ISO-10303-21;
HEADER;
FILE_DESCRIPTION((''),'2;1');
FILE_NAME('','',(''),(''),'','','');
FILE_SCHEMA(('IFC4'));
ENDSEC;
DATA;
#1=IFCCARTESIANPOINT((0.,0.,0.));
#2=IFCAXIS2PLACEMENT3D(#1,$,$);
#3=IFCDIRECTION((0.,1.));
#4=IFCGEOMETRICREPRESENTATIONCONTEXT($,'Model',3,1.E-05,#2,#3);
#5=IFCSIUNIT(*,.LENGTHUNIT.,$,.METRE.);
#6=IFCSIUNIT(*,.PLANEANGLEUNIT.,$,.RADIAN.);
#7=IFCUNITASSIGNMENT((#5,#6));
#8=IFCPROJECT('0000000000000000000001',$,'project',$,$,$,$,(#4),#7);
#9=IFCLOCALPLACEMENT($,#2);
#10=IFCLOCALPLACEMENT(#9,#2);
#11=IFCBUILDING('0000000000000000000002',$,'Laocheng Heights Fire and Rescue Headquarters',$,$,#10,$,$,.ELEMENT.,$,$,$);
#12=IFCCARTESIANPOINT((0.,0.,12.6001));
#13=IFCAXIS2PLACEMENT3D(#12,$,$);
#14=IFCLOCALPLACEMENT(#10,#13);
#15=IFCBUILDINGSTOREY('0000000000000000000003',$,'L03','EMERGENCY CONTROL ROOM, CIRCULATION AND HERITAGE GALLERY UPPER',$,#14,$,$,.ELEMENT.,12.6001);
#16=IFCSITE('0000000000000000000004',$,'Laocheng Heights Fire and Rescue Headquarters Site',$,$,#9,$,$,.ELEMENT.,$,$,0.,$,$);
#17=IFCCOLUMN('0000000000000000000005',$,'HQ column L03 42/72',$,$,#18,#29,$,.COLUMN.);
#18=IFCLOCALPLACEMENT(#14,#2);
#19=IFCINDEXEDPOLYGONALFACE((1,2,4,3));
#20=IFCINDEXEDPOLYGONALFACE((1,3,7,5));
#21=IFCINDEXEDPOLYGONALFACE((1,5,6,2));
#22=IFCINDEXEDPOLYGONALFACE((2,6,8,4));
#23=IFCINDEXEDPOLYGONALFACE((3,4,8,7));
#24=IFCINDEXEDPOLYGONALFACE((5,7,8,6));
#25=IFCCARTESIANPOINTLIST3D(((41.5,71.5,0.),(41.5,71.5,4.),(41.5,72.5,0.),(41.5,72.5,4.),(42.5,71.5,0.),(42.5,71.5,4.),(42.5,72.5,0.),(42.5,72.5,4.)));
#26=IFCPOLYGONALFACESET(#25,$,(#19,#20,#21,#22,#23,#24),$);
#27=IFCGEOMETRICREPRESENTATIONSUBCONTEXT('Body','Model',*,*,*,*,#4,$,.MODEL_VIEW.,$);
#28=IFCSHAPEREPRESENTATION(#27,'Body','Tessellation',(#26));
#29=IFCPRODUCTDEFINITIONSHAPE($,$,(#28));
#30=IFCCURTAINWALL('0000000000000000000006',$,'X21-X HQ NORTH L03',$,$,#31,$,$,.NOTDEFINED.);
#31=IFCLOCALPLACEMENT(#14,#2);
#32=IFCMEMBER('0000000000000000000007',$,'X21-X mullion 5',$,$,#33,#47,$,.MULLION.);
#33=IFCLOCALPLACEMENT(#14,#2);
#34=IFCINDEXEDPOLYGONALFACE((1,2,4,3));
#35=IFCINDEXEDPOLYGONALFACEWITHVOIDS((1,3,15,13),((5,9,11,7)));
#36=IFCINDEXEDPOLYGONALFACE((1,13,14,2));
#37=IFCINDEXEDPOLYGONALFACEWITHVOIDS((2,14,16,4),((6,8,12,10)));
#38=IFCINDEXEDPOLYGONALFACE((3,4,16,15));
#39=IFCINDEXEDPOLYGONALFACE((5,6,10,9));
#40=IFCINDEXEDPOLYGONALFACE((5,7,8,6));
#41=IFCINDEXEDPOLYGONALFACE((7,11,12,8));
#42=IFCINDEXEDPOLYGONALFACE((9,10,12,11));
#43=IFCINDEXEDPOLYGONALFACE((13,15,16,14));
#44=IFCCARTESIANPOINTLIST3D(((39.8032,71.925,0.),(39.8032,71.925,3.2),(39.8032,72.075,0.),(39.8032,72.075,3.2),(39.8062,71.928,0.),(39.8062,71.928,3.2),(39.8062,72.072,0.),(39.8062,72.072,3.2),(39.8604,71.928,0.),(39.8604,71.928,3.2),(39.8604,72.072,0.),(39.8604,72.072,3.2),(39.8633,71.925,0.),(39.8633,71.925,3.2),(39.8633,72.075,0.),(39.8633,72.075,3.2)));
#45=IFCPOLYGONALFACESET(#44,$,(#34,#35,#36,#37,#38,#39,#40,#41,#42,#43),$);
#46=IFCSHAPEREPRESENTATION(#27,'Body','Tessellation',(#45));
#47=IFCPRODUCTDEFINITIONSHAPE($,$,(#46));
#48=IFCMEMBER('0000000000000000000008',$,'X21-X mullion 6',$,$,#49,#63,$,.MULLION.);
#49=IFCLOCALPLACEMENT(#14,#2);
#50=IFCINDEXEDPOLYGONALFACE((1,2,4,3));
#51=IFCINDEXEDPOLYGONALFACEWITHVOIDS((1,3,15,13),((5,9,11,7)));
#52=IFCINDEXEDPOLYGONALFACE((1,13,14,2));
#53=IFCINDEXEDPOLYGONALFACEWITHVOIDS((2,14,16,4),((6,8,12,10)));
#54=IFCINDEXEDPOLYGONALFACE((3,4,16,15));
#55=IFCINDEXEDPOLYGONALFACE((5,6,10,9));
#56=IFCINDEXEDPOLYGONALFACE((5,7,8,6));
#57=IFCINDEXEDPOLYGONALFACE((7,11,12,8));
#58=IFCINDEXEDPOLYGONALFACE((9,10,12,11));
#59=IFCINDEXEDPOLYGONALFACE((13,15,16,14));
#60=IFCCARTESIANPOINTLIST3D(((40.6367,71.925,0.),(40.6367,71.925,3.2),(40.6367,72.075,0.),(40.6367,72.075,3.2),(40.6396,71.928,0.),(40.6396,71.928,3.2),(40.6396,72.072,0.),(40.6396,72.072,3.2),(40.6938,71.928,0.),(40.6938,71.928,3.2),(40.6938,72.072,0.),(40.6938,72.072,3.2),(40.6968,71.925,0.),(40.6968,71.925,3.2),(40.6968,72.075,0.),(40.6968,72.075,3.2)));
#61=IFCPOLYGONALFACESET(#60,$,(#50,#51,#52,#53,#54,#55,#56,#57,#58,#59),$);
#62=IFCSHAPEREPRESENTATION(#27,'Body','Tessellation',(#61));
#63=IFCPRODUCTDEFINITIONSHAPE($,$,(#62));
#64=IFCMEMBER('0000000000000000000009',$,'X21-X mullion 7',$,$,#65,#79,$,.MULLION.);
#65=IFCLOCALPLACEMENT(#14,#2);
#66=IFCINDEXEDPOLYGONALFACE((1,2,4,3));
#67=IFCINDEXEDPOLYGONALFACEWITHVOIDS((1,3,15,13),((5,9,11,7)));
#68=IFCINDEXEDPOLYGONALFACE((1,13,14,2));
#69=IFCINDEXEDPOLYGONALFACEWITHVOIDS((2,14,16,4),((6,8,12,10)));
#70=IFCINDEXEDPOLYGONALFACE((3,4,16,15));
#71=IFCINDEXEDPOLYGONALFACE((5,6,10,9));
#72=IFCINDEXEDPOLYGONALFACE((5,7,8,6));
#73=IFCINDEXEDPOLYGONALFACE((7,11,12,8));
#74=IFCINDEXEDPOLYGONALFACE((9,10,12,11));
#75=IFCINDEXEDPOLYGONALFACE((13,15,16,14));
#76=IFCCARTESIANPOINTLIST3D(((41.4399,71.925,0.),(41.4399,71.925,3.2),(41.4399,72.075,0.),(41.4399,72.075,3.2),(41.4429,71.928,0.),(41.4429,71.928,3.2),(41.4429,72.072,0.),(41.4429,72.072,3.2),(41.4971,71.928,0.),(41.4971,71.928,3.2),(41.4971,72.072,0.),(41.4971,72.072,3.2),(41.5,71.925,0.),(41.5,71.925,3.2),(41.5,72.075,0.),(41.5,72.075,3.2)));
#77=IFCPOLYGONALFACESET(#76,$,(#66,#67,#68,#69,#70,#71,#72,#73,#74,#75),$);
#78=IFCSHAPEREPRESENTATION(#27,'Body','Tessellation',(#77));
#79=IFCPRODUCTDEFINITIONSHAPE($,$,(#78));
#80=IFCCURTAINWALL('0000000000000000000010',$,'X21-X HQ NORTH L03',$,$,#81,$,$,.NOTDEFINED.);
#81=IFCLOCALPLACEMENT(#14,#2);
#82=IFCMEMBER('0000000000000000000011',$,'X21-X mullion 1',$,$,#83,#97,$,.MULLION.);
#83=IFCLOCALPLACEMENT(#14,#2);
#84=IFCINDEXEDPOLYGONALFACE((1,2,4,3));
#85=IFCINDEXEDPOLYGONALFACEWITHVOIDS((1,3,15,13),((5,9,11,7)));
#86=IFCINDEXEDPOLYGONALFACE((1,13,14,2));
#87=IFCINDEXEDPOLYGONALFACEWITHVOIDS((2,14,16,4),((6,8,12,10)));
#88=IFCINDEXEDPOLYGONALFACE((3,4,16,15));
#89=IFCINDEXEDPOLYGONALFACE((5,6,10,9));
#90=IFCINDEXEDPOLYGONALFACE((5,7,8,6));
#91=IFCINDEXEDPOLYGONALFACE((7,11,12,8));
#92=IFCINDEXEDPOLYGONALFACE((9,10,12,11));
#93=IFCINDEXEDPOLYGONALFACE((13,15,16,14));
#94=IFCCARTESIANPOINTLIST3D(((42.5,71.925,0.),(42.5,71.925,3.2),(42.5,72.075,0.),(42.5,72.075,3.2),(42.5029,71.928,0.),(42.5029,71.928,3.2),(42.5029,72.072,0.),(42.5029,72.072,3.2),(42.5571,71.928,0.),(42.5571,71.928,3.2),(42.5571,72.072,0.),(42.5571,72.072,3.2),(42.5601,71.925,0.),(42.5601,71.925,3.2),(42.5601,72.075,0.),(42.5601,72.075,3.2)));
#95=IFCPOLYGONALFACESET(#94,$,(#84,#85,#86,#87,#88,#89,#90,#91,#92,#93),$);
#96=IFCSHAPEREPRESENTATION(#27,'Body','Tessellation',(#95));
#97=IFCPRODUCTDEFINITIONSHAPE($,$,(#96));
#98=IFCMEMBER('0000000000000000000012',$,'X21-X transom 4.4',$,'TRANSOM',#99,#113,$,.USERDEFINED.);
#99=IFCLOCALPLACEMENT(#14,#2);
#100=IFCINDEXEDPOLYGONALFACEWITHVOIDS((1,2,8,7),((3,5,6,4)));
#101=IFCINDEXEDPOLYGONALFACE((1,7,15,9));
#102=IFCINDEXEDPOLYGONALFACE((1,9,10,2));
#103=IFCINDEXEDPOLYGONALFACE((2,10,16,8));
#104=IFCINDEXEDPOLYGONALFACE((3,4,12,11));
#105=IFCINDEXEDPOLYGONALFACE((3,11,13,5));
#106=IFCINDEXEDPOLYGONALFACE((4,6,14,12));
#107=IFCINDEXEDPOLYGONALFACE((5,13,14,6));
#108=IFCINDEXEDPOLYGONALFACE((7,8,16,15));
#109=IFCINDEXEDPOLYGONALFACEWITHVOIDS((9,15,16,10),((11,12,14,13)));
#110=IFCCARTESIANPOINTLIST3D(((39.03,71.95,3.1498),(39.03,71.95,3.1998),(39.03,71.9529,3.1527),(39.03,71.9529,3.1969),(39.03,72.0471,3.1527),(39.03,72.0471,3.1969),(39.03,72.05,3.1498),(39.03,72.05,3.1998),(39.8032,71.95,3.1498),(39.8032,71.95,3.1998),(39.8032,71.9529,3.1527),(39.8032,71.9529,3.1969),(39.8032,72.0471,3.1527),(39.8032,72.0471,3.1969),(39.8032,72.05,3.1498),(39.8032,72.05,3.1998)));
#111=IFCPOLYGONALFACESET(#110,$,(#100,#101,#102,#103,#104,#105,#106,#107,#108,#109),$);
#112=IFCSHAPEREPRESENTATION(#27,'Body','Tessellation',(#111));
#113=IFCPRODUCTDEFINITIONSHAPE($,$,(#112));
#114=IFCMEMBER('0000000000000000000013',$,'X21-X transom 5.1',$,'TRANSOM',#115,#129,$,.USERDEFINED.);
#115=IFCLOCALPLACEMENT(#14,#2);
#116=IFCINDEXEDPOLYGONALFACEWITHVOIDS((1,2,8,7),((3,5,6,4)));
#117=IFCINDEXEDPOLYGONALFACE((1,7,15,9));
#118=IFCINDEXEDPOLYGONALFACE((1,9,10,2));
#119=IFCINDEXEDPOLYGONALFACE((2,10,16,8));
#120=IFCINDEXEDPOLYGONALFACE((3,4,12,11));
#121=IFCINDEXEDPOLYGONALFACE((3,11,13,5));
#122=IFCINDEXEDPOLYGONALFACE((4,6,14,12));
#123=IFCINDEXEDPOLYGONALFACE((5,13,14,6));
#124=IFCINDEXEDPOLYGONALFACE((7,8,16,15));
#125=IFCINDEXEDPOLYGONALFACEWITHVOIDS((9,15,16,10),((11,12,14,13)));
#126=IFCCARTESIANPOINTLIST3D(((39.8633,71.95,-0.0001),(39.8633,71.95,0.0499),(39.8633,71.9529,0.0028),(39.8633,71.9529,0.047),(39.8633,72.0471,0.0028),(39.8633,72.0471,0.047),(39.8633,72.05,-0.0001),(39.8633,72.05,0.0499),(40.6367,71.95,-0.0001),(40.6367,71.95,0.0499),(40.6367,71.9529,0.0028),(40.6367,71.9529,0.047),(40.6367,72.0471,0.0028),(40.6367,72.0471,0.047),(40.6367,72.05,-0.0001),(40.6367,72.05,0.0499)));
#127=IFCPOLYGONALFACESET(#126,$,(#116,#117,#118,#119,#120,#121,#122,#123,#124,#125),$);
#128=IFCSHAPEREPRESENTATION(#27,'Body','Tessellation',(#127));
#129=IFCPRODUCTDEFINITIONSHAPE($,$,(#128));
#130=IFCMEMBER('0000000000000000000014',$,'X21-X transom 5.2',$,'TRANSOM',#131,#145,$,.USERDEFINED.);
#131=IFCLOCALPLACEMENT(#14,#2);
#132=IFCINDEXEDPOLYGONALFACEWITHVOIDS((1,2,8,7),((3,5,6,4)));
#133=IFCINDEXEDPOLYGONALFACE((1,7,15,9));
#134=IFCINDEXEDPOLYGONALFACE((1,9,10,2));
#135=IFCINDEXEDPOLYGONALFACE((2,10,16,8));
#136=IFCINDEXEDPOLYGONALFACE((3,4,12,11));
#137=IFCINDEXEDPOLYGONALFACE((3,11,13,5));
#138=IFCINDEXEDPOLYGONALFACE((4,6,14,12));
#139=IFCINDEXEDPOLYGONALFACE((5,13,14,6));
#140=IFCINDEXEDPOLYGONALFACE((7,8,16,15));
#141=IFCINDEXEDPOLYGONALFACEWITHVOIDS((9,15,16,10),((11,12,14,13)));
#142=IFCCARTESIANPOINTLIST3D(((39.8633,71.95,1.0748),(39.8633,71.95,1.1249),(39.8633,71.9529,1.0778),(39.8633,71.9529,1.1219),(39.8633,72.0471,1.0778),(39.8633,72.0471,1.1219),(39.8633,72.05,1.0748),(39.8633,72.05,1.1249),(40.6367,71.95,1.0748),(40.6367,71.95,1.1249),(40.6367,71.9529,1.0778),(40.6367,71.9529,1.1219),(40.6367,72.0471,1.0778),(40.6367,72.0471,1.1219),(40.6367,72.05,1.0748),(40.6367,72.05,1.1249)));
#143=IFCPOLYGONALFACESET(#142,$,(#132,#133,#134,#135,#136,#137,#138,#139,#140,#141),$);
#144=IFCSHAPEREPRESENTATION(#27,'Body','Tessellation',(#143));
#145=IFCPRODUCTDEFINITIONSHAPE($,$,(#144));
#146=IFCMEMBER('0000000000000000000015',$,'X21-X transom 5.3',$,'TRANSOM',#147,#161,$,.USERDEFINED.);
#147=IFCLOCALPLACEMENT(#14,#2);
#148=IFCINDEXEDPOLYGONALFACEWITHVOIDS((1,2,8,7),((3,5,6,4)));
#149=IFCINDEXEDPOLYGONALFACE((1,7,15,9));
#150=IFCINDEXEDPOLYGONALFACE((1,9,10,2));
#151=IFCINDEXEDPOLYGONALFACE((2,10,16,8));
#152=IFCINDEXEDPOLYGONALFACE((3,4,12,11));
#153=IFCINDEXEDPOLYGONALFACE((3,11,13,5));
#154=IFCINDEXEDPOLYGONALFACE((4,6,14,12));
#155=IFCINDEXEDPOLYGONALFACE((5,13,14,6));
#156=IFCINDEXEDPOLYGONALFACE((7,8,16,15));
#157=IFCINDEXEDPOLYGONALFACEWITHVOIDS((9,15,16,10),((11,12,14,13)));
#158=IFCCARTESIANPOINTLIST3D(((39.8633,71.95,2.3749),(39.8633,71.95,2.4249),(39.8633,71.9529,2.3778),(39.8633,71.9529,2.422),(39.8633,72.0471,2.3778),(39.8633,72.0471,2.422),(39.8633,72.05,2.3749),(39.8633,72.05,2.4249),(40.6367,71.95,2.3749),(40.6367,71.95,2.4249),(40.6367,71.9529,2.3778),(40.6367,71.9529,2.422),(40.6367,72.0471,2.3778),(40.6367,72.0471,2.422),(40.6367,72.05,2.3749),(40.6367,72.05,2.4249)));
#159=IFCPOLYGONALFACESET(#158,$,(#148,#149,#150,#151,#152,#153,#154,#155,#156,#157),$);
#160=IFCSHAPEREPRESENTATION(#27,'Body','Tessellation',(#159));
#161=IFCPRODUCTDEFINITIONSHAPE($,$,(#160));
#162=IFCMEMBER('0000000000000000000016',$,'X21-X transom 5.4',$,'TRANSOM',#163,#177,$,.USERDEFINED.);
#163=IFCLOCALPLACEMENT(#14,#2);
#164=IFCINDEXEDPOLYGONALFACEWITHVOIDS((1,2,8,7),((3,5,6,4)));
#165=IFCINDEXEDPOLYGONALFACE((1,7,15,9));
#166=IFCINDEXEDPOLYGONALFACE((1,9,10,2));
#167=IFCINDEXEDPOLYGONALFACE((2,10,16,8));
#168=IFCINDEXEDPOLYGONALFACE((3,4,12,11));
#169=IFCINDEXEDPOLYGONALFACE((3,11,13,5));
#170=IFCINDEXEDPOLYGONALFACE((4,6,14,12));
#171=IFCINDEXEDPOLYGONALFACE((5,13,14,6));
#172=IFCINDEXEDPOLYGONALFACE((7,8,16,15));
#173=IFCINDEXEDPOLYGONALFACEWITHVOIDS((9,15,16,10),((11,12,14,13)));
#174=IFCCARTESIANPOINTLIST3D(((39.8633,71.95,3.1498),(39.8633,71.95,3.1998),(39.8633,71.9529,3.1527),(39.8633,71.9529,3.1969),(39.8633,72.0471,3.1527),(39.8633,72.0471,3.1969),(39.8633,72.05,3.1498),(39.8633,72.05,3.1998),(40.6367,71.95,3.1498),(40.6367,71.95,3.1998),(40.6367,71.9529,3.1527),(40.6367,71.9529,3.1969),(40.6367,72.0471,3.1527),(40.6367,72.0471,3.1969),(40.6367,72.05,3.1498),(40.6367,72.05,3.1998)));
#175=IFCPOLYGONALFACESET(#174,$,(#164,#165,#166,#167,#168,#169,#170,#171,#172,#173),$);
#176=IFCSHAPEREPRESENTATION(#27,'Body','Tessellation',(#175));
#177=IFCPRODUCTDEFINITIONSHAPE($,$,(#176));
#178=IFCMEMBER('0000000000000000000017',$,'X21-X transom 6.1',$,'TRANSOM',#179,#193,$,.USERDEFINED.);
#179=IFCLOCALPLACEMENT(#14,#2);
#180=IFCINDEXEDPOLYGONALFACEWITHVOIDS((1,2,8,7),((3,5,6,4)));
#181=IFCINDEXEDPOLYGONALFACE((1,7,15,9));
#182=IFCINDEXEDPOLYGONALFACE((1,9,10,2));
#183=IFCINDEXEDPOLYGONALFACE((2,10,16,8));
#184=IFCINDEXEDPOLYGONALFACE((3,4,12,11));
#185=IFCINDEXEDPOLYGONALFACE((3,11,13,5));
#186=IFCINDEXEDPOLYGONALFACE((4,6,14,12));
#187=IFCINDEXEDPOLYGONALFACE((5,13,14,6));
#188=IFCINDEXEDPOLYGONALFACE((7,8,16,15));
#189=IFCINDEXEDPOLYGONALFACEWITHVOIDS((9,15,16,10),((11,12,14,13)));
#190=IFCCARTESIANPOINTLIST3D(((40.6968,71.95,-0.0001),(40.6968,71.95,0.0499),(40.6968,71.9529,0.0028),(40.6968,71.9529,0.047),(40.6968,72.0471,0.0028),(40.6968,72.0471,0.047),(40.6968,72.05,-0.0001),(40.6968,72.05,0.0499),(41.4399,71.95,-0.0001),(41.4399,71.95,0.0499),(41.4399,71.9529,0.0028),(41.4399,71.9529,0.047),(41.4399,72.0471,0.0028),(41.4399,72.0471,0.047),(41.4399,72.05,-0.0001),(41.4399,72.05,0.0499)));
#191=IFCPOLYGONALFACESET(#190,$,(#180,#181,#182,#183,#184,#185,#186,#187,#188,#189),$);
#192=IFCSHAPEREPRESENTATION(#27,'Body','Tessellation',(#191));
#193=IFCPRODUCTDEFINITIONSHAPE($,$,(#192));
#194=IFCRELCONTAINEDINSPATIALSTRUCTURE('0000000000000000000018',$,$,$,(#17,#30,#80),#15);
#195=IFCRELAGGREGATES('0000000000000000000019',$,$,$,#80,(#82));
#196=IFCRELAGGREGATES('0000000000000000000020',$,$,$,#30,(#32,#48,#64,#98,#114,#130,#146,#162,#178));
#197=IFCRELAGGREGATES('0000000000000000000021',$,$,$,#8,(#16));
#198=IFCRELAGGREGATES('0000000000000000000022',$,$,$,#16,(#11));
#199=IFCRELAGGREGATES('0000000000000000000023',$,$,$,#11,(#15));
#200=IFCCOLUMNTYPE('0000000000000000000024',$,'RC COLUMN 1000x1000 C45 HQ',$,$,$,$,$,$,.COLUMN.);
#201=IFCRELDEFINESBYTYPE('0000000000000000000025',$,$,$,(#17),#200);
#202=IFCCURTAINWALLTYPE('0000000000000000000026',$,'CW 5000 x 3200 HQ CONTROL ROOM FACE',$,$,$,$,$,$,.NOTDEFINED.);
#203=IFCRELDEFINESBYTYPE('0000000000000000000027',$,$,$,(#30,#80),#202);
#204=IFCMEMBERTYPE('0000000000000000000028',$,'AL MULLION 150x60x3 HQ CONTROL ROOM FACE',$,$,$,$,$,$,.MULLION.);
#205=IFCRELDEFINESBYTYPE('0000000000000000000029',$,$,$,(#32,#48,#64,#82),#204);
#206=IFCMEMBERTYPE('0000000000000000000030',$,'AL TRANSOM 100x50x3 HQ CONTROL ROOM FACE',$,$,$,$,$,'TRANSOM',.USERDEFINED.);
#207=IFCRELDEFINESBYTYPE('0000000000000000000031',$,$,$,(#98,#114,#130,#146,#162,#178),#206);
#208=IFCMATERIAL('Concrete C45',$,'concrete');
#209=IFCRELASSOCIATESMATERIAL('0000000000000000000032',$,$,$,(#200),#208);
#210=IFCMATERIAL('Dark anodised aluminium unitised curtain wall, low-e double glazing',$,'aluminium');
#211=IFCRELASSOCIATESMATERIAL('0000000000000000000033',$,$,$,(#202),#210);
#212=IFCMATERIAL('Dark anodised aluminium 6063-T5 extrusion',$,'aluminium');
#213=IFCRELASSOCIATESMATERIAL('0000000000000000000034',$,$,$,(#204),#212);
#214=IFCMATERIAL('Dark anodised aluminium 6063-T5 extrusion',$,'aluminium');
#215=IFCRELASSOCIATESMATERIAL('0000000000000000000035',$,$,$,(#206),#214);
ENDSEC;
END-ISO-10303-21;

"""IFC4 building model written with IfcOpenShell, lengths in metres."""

from ifc_helpers import new_model, si_unit, direction, frame, origin, origin_2d, place, context, subcontext, project, spatial, rectangle, hollow_rectangle, extrude, material, material_profile, profile_set, type_object, element, aggregate, save


model = new_model("IFC4")

# Units and contexts
model_context = context("Model", 3, precision=1e-05, world=origin(), true_north=direction((0.0, 1.0)))
body_context = subcontext(model_context, "Body", "Model", "MODEL_VIEW")
ifc_project = project(units=[si_unit("LENGTHUNIT", "METRE"), si_unit("PLANEANGLEUNIT", "RADIAN")], contexts=[model_context])

# Site, building, storey
site_placement = place(None, origin())
site = spatial("IfcSite", under=ifc_project, at=site_placement, Name="Laocheng Heights Fire and Rescue Headquarters Site", CompositionType="ELEMENT", RefElevation=0.0)
building_placement = place(site_placement, origin())
building = spatial("IfcBuilding", under=site, at=building_placement, Name="Laocheng Heights Fire and Rescue Headquarters", CompositionType="ELEMENT")
storey_placement = place(building_placement, frame((0.0, 0.0, 12.6001)))
storey = spatial("IfcBuildingStorey", under=building, at=storey_placement, Name="L03", Description="EMERGENCY CONTROL ROOM, CIRCULATION AND HERITAGE GALLERY UPPER", CompositionType="ELEMENT", Elevation=12.6001)

# Column
ifc_material_1 = material(Name="Concrete C45", Category="concrete")
ifc_material_profile_1 = material_profile(ifc_material_1, rectangle(XDim=1.0, YDim=1.0, at=origin_2d()), Name="RC COLUMN 1000x1000 C45 HQ")
ifc_profile_set_1 = profile_set([ifc_material_profile_1], Name="Concrete C45")
column_type = type_object("IfcColumnType", Name="RC COLUMN 1000x1000 C45 HQ", PredefinedType="COLUMN", material=ifc_profile_set_1)
column_placement = place(storey_placement, frame((42.0, 72.0, 0.0), z_axis=(0.0, 0.0, 1.0), x_axis=(1.0, 0.0, 0.0)))
element("IfcColumn", 1, at=column_placement, inside=storey, type_object=column_type, Name="HQ column L03 42/72", PredefinedType="COLUMN", context=body_context, shape_type="SweptSolid", body=[
    extrude(rectangle(XDim=1.0, YDim=1.0, at=origin_2d()), origin(), (0.0, 0.0, 1.0), 4.0),
])

# Curtain wall, members
ifc_material_2 = material(Name="Dark anodised aluminium unitised curtain wall, low-e double glazing", Category="aluminium")
curtain_wall_type = type_object("IfcCurtainWallType", Name="CW 5000 x 3200 HQ CONTROL ROOM FACE", PredefinedType="NOTDEFINED", material=ifc_material_2)
curtain_wall_1_placement = place(storey_placement, origin())
curtain_wall_1 = element("IfcCurtainWall", 2, at=curtain_wall_1_placement, inside=storey, type_object=curtain_wall_type, Name="X21-X HQ NORTH L03", PredefinedType="NOTDEFINED")
ifc_material_3 = material(Name="Dark anodised aluminium 6063-T5 extrusion", Category="aluminium")
ifc_material_profile_2 = material_profile(ifc_material_3, hollow_rectangle(XDim=0.1499, YDim=0.0601, WallThickness=0.0029, at=origin_2d()), Name="AL MULLION 150x60x3 HQ CONTROL ROOM FACE")
ifc_profile_set_2 = profile_set([ifc_material_profile_2], Name="Dark anodised aluminium 6063-T5 extrusion")
member_type_1 = type_object("IfcMemberType", Name="AL MULLION 150x60x3 HQ CONTROL ROOM FACE", PredefinedType="MULLION", material=ifc_profile_set_2)
member_1_placement = place(storey_placement, frame((39.8333, 72.0, 0.0), z_axis=(0.0, 0.0, 1.0), x_axis=(0.0, 1.0, 0.0)))
member_1 = element("IfcMember", 3, at=member_1_placement, type_object=member_type_1, Name="X21-X mullion 5", PredefinedType="MULLION", context=body_context, shape_type="SweptSolid", body=[
    extrude(hollow_rectangle(XDim=0.1499, YDim=0.0601, WallThickness=0.0029, at=origin_2d()), origin(), (0.0, 0.0, 1.0), 3.2),
])
member_2_placement = place(storey_placement, frame((40.6667, 72.0, 0.0), z_axis=(0.0, 0.0, 1.0), x_axis=(0.0, 1.0, 0.0)))
member_2 = element("IfcMember", 4, at=member_2_placement, type_object=member_type_1, Name="X21-X mullion 6", PredefinedType="MULLION", context=body_context, shape_type="SweptSolid", body=[
    extrude(hollow_rectangle(XDim=0.1499, YDim=0.0601, WallThickness=0.0029, at=origin_2d()), origin(), (0.0, 0.0, 1.0), 3.2),
])
member_3_placement = place(storey_placement, frame((41.47, 72.0, 0.0), z_axis=(0.0, 0.0, 1.0), x_axis=(0.0, 1.0, 0.0)))
member_3 = element("IfcMember", 5, at=member_3_placement, type_object=member_type_1, Name="X21-X mullion 7", PredefinedType="MULLION", context=body_context, shape_type="SweptSolid", body=[
    extrude(hollow_rectangle(XDim=0.1499, YDim=0.0601, WallThickness=0.0029, at=origin_2d()), origin(), (0.0, 0.0, 1.0), 3.2),
])

# Curtain wall, member
curtain_wall_2_placement = place(storey_placement, origin())
curtain_wall_2 = element("IfcCurtainWall", 6, at=curtain_wall_2_placement, inside=storey, type_object=curtain_wall_type, Name="X21-X HQ NORTH L03", PredefinedType="NOTDEFINED")
member_4_placement = place(storey_placement, frame((42.53, 72.0, 0.0), z_axis=(0.0, 0.0, 1.0), x_axis=(0.0, 1.0, 0.0)))
member_4 = element("IfcMember", 7, at=member_4_placement, type_object=member_type_1, Name="X21-X mullion 1", PredefinedType="MULLION", context=body_context, shape_type="SweptSolid", body=[
    extrude(hollow_rectangle(XDim=0.1499, YDim=0.0601, WallThickness=0.0029, at=origin_2d()), origin(), (0.0, 0.0, 1.0), 3.2),
])

# Members
ifc_material_4 = material(Name="Dark anodised aluminium 6063-T5 extrusion", Category="aluminium")
ifc_material_profile_3 = material_profile(ifc_material_4, hollow_rectangle(XDim=0.1001, YDim=0.05, WallThickness=0.0029, at=origin_2d()), Name="AL TRANSOM 100x50x3 HQ CONTROL ROOM FACE")
ifc_profile_set_3 = profile_set([ifc_material_profile_3], Name="Dark anodised aluminium 6063-T5 extrusion")
member_type_2 = type_object("IfcMemberType", Name="AL TRANSOM 100x50x3 HQ CONTROL ROOM FACE", ElementType="TRANSOM", PredefinedType="USERDEFINED", material=ifc_profile_set_3)
member_5_placement = place(storey_placement, frame((39.03, 72.0, 3.1748), z_axis=(1.0, 0.0, 0.0), x_axis=(0.0, 1.0, 0.0)))
member_5 = element("IfcMember", 8, at=member_5_placement, type_object=member_type_2, Name="X21-X transom 4.4", ObjectType="TRANSOM", PredefinedType="USERDEFINED", context=body_context, shape_type="SweptSolid", body=[
    extrude(hollow_rectangle(XDim=0.1001, YDim=0.05, WallThickness=0.0029, at=origin_2d()), origin(), (0.0, 0.0, 1.0), 0.7732),
])
member_6_placement = place(storey_placement, frame((39.8633, 72.0, 0.0249), z_axis=(1.0, 0.0, 0.0), x_axis=(0.0, 1.0, 0.0)))
member_6 = element("IfcMember", 9, at=member_6_placement, type_object=member_type_2, Name="X21-X transom 5.1", ObjectType="TRANSOM", PredefinedType="USERDEFINED", context=body_context, shape_type="SweptSolid", body=[
    extrude(hollow_rectangle(XDim=0.1001, YDim=0.05, WallThickness=0.0029, at=origin_2d()), origin(), (0.0, 0.0, 1.0), 0.7734),
])
member_7_placement = place(storey_placement, frame((39.8633, 72.0, 1.0999), z_axis=(1.0, 0.0, 0.0), x_axis=(0.0, 1.0, 0.0)))
member_7 = element("IfcMember", 10, at=member_7_placement, type_object=member_type_2, Name="X21-X transom 5.2", ObjectType="TRANSOM", PredefinedType="USERDEFINED", context=body_context, shape_type="SweptSolid", body=[
    extrude(hollow_rectangle(XDim=0.1001, YDim=0.05, WallThickness=0.0029, at=origin_2d()), origin(), (0.0, 0.0, 1.0), 0.7734),
])
member_8_placement = place(storey_placement, frame((39.8633, 72.0, 2.3999), z_axis=(1.0, 0.0, 0.0), x_axis=(0.0, 1.0, 0.0)))
member_8 = element("IfcMember", 11, at=member_8_placement, type_object=member_type_2, Name="X21-X transom 5.3", ObjectType="TRANSOM", PredefinedType="USERDEFINED", context=body_context, shape_type="SweptSolid", body=[
    extrude(hollow_rectangle(XDim=0.1001, YDim=0.05, WallThickness=0.0029, at=origin_2d()), origin(), (0.0, 0.0, 1.0), 0.7734),
])
member_9_placement = place(storey_placement, frame((39.8633, 72.0, 3.1748), z_axis=(1.0, 0.0, 0.0), x_axis=(0.0, 1.0, 0.0)))
member_9 = element("IfcMember", 12, at=member_9_placement, type_object=member_type_2, Name="X21-X transom 5.4", ObjectType="TRANSOM", PredefinedType="USERDEFINED", context=body_context, shape_type="SweptSolid", body=[
    extrude(hollow_rectangle(XDim=0.1001, YDim=0.05, WallThickness=0.0029, at=origin_2d()), origin(), (0.0, 0.0, 1.0), 0.7734),
])
member_10_placement = place(storey_placement, frame((40.6968, 72.0, 0.0249), z_axis=(1.0, 0.0, 0.0), x_axis=(0.0, 1.0, 0.0)))
member_10 = element("IfcMember", 13, at=member_10_placement, type_object=member_type_2, Name="X21-X transom 6.1", ObjectType="TRANSOM", PredefinedType="USERDEFINED", context=body_context, shape_type="SweptSolid", body=[
    extrude(hollow_rectangle(XDim=0.1001, YDim=0.05, WallThickness=0.0029, at=origin_2d()), origin(), (0.0, 0.0, 1.0), 0.7432),
])
aggregate(curtain_wall_2, [member_4])

aggregate(curtain_wall_1, [member_1, member_2, member_3, member_5, member_6, member_7, member_8, member_9, member_10])

save(model, "model.ifc")
